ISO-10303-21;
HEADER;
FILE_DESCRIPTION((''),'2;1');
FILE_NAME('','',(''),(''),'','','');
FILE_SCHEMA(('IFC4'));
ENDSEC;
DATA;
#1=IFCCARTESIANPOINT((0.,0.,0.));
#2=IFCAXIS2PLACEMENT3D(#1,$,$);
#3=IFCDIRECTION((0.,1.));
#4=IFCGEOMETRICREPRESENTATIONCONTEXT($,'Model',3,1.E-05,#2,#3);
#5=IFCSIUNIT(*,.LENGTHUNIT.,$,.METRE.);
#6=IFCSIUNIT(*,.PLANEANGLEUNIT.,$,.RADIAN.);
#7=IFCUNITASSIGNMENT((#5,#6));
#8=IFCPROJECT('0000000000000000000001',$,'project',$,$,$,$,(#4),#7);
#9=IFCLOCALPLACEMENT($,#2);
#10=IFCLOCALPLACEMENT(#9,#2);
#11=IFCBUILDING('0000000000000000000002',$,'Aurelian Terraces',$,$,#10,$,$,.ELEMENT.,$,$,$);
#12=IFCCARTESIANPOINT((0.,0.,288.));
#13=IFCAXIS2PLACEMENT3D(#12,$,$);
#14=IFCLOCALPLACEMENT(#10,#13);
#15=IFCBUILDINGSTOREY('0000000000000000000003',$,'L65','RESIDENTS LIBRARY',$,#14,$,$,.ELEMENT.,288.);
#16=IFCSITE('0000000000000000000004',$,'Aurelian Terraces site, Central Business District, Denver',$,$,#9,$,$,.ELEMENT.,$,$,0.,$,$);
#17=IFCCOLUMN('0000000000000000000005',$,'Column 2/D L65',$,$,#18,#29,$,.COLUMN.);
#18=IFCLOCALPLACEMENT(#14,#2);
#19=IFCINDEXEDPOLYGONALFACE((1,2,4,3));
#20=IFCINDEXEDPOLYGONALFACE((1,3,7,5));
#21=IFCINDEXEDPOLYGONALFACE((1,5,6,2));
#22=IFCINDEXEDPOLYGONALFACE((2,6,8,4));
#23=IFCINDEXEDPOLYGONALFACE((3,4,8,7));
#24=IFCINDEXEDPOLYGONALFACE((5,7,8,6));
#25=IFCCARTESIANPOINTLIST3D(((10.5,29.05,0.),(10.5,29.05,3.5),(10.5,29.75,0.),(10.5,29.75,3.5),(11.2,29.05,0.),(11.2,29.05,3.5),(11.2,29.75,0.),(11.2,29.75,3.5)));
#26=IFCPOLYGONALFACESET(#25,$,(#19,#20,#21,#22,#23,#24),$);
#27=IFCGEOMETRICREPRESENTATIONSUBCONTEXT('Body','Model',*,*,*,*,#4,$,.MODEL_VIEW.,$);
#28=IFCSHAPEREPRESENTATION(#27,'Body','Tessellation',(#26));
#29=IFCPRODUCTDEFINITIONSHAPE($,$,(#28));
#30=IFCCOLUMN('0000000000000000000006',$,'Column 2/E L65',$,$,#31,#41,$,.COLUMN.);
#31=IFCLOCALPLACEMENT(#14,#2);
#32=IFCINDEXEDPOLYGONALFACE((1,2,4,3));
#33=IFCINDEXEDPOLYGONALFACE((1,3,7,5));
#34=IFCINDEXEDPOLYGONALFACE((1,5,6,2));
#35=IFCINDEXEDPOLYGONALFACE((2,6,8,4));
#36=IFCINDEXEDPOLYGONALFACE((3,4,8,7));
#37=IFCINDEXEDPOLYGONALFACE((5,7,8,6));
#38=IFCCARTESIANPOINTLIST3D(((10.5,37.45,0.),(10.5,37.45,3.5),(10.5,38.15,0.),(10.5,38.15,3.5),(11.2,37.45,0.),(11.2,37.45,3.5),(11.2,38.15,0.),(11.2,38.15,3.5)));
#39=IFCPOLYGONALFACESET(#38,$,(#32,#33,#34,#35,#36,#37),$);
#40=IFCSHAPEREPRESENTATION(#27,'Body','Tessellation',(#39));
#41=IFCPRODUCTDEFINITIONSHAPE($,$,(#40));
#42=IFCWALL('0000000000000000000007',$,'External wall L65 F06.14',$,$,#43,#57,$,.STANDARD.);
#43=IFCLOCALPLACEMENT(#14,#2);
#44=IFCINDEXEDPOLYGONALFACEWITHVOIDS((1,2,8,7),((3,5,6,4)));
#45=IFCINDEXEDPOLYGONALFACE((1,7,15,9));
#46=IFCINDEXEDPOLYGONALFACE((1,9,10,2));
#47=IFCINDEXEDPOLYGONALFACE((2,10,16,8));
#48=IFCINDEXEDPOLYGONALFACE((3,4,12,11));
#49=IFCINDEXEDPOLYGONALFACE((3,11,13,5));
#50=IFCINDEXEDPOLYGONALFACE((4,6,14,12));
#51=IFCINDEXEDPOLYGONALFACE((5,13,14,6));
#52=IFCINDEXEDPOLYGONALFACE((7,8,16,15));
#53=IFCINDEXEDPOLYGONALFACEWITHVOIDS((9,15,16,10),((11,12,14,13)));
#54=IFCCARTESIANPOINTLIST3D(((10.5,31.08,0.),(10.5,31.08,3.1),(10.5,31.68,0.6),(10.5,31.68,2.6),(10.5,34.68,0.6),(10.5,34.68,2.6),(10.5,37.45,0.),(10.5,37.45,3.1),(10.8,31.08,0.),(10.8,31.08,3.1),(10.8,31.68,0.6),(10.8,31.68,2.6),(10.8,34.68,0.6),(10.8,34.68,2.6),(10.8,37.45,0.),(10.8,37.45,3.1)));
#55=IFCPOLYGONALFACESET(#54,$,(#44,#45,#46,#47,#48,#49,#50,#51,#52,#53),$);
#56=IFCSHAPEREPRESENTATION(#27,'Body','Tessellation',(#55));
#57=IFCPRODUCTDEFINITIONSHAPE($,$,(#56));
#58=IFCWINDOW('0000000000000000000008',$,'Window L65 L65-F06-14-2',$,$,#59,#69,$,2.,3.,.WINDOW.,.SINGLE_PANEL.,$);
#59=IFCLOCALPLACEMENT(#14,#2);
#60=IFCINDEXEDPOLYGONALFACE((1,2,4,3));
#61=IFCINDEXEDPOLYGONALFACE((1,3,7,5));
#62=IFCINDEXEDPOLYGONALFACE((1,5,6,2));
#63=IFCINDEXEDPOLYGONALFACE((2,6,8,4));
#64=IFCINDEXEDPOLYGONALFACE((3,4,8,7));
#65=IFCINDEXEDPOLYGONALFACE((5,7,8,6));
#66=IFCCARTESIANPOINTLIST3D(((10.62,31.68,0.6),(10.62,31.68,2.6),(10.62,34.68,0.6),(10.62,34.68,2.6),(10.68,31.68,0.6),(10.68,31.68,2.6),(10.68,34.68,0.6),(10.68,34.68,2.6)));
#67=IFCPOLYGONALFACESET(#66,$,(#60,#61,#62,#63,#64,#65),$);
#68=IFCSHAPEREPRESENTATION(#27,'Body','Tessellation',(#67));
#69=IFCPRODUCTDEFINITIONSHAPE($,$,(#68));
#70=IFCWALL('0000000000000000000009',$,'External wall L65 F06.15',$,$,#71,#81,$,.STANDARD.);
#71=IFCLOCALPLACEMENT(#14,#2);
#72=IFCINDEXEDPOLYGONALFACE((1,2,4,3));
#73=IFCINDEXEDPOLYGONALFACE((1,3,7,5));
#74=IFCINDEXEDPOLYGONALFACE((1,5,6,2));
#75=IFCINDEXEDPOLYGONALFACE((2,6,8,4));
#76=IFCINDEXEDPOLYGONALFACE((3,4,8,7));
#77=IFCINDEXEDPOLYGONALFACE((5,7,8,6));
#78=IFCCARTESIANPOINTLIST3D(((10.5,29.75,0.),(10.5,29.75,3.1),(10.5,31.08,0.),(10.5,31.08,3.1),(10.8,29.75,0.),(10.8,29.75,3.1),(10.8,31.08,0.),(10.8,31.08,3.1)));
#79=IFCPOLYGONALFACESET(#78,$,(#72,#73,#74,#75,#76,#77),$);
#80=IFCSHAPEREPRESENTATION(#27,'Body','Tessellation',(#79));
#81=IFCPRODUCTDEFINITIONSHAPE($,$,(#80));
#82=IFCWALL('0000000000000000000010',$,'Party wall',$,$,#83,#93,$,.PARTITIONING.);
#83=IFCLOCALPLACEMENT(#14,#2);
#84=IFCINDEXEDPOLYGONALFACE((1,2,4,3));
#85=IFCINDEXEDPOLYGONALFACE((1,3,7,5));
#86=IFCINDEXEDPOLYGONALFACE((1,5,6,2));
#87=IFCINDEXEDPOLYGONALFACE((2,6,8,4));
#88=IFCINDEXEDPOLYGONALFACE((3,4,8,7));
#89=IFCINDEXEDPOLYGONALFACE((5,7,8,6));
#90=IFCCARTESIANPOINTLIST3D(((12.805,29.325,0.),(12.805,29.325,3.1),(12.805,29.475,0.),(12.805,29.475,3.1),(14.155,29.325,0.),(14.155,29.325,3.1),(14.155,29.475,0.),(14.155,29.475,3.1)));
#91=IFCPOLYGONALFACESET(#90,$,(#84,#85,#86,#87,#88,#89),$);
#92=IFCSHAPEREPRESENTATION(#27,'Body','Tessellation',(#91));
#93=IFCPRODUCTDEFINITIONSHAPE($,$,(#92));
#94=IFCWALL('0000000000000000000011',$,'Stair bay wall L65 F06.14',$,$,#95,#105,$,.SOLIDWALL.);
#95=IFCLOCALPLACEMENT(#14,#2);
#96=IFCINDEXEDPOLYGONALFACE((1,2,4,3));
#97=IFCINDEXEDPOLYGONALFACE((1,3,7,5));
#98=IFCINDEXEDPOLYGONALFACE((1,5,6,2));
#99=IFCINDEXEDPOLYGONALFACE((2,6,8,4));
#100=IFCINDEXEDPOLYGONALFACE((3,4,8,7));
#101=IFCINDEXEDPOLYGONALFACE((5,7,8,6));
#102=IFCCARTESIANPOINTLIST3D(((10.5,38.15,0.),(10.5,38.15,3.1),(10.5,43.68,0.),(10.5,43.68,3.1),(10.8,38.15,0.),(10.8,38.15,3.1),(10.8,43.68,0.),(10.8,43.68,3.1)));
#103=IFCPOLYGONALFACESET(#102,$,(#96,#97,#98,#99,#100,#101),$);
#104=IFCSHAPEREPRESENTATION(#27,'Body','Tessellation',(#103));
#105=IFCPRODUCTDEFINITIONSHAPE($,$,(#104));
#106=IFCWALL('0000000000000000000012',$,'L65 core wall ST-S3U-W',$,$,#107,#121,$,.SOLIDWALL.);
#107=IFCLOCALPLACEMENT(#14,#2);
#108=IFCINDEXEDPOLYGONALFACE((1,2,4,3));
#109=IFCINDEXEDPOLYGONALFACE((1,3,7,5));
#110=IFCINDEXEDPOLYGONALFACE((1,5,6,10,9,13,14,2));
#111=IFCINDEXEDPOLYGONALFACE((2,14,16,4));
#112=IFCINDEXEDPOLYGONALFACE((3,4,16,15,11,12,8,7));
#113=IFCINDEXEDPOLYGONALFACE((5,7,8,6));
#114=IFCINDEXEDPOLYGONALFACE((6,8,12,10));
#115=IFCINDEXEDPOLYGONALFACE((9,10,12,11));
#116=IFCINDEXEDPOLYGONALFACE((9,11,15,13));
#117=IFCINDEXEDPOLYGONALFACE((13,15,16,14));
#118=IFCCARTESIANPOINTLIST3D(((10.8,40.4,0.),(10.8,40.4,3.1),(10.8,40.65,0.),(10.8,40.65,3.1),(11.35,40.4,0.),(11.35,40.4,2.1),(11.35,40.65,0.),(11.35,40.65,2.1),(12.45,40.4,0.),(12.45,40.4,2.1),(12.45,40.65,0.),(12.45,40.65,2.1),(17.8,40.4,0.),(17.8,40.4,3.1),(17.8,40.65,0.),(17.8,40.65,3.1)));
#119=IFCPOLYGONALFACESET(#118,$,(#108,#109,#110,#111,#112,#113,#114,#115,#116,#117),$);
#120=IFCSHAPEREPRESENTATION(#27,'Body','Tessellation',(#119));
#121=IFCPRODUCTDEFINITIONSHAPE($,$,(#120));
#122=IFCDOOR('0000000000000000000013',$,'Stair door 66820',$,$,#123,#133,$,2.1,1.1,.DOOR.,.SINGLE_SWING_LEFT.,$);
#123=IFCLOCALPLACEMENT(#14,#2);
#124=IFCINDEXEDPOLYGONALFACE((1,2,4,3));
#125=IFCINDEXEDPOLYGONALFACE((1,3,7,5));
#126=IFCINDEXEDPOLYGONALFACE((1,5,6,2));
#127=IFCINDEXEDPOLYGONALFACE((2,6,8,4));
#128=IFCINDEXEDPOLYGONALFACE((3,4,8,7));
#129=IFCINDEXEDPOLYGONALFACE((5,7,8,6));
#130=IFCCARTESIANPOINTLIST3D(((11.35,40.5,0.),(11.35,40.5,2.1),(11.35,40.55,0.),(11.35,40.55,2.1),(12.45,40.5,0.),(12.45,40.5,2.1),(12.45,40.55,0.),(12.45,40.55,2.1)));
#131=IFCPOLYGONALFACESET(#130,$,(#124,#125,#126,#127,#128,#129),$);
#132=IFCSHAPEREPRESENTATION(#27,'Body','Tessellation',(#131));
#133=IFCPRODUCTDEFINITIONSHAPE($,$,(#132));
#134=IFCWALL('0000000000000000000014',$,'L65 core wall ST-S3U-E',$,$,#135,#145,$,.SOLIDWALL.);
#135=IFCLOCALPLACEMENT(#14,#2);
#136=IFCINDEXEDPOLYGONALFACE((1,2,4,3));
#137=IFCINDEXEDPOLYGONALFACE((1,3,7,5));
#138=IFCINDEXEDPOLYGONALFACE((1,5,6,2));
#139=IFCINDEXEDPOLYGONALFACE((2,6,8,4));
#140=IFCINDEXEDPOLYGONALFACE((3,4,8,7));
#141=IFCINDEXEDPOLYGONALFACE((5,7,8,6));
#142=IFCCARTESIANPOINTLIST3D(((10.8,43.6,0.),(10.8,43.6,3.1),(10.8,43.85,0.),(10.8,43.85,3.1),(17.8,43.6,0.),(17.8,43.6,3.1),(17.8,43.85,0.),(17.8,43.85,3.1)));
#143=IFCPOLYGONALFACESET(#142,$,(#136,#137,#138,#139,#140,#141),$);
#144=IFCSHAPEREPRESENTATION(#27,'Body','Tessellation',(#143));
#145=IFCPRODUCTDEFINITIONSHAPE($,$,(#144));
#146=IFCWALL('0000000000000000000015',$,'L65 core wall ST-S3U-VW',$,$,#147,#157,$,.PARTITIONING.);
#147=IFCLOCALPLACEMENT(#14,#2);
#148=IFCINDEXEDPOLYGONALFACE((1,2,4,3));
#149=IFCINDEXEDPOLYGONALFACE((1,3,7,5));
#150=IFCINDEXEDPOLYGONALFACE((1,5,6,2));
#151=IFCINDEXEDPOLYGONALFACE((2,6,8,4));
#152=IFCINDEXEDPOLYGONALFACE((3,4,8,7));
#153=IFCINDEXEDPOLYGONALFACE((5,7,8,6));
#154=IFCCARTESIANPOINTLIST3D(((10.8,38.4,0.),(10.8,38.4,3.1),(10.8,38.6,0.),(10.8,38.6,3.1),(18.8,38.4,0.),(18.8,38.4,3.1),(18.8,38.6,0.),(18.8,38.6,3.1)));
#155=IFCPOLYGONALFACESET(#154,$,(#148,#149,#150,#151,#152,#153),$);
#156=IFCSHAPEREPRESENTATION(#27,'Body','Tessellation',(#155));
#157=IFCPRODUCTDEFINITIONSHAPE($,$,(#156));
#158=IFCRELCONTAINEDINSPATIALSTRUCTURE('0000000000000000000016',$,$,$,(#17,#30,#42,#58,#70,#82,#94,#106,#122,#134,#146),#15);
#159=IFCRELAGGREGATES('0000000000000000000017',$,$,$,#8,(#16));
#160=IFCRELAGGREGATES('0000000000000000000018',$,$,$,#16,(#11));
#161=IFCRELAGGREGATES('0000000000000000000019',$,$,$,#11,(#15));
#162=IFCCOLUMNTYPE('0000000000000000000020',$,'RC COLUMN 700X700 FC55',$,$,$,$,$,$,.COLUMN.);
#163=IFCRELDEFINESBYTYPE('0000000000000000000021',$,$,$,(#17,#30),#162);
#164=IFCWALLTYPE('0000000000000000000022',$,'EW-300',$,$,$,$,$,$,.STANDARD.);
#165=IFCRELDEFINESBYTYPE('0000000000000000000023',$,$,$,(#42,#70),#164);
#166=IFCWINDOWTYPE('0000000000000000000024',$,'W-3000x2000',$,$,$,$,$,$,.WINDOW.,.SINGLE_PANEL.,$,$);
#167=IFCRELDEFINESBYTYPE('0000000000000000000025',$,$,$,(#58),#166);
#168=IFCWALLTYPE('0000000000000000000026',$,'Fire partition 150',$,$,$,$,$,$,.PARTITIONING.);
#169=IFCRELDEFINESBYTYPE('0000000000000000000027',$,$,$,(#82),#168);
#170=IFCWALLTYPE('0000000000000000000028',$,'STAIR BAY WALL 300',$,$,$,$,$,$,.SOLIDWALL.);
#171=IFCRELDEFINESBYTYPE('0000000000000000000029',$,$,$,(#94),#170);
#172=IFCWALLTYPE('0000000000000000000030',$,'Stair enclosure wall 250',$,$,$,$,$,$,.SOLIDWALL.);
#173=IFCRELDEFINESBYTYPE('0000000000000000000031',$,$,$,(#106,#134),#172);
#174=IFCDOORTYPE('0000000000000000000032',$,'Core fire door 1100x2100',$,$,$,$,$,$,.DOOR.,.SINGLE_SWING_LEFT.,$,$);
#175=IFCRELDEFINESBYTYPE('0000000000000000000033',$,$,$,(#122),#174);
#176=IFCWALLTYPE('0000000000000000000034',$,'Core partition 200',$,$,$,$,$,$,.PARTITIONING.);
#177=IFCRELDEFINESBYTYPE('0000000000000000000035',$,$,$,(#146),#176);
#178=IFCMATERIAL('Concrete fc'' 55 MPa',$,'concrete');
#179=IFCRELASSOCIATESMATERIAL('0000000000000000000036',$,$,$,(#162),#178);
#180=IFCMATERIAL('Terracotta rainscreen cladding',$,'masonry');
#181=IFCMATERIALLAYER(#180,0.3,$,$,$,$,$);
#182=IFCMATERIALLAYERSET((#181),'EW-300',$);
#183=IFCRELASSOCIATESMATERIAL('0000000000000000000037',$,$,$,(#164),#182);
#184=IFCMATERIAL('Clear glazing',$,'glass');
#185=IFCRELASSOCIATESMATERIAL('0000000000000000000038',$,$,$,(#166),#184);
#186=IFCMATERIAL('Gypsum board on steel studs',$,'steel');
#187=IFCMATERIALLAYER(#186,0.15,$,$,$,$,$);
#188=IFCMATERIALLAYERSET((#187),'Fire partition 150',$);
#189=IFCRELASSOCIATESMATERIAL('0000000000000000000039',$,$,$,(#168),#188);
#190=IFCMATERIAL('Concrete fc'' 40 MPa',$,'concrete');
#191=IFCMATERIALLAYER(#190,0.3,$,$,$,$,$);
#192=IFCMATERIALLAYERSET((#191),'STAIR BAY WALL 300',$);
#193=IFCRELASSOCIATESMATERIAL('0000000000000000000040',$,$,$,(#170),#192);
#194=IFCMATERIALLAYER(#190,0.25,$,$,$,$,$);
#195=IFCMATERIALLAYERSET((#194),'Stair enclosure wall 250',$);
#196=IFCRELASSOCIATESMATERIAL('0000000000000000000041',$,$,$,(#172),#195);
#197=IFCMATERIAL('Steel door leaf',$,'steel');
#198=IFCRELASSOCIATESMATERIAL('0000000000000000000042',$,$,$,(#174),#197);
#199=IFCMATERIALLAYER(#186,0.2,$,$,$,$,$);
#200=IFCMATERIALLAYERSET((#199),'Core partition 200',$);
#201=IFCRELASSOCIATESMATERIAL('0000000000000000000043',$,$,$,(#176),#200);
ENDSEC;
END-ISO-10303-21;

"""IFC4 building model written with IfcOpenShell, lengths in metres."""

from ifc_helpers import new_model, si_unit, direction, frame, frame_2d, origin, origin_2d, place, context, subcontext, project, spatial, rectangle, extrude, source, transform, mapped, material, layer, layer_set, material_profile, profile_set, type_object, element, fill, save


model = new_model("IFC4")

# Units and contexts
model_context = context("Model", 3, precision=1e-05, world=origin(), true_north=direction((0.0, 1.0)))
body_context = subcontext(model_context, "Body", "Model", "MODEL_VIEW")
ifc_project = project(units=[si_unit("LENGTHUNIT", "METRE"), si_unit("PLANEANGLEUNIT", "RADIAN")], contexts=[model_context])

# Site, building, storey
site_placement = place(None, origin())
site = spatial("IfcSite", under=ifc_project, at=site_placement, Name="Aurelian Terraces site, Central Business District, Denver", CompositionType="ELEMENT", RefElevation=0.0)
building_placement = place(site_placement, origin())
building = spatial("IfcBuilding", under=site, at=building_placement, Name="Aurelian Terraces", CompositionType="ELEMENT")
storey_placement = place(building_placement, frame((0.0, 0.0, 288.0)))
storey = spatial("IfcBuildingStorey", under=building, at=storey_placement, Name="L65", Description="RESIDENTS LIBRARY", CompositionType="ELEMENT", Elevation=288.0)

# Columns
ifc_material_1 = material(Name="Concrete fc' 55 MPa", Category="concrete")
ifc_material_profile = material_profile(ifc_material_1, rectangle(XDim=0.7, YDim=0.7, at=origin_2d()))
ifc_profile_set = profile_set([ifc_material_profile], Name="Concrete fc' 55 MPa")
column_type = type_object("IfcColumnType", Name="RC COLUMN 700X700 FC55", PredefinedType="COLUMN", material=ifc_profile_set)
shared_shape_1 = source(origin(), body_context, "Body", "SweptSolid", [
    extrude(rectangle(XDim=0.7, YDim=0.7, at=origin_2d()), origin(), (0.0, 0.0, 1.0), 3.5),
])
for number, where, z_axis, x_axis, name in (
    (1, (10.85, 29.4, 0.0), (0.0, 0.0, 1.0), (1.0, 0.0, 0.0), "Column 2/D L65"),
    (2, (10.85, 37.8, 0.0), (0.0, 0.0, 1.0), (1.0, 0.0, 0.0), "Column 2/E L65"),
):
    element("IfcColumn", number, at=place(storey_placement, frame(where, z_axis=z_axis, x_axis=x_axis)), inside=storey, type_object=column_type, Name=name, PredefinedType="COLUMN", context=body_context, shape_type="MappedRepresentation", body=[
        mapped(shared_shape_1, transform((0.0, 0.0, 0.0), scale=1.0)),
    ])

# Wall, opening, window
ifc_material_2 = material(Name="Terracotta rainscreen cladding", Category="masonry")
ifc_layer_1 = layer(ifc_material_2, 0.3)
ifc_layer_set_1 = layer_set([ifc_layer_1], Name="EW-300")
wall_type_1 = type_object("IfcWallType", Name="EW-300", PredefinedType="STANDARD", material=ifc_layer_set_1)
wall_1_placement = place(storey_placement, frame((10.65, 37.45, 0.0), z_axis=(0.0, 0.0, 1.0), x_axis=(0.0, -1.0, 0.0)))
wall_1 = element("IfcWall", 3, at=wall_1_placement, inside=storey, type_object=wall_type_1, Name="External wall L65 F06.14", PredefinedType="STANDARD", context=body_context, shape_type="SweptSolid", body=[
    extrude(rectangle(XDim=6.37, YDim=0.3, at=frame_2d((3.185, 0.0))), origin(), (0.0, 0.0, 1.0), 3.1),
])
shared_shape_2 = source(origin(), body_context, "Body", "SweptSolid", [
    extrude(rectangle(XDim=3.0, YDim=2.0, at=frame_2d((1.5, 1.0))), frame((0.0, 0.16, 0.0), z_axis=(0.0, -1.0, 0.0), x_axis=(1.0, 0.0, 0.0)), (0.0, 0.0, 1.0), 0.32),
])
opening_1_placement = place(wall_1_placement, frame((2.77, 0.0, 0.6)))
opening_1 = element("IfcOpeningElement", 4, at=opening_1_placement, cuts=wall_1, PredefinedType="OPENING", context=body_context, shape_type="MappedRepresentation", body=[
    mapped(shared_shape_2, transform((0.0, 0.0, 0.0), scale=1.0)),
])
ifc_material_3 = material(Name="Clear glazing", Category="glass")
window_type = type_object("IfcWindowType", Name="W-3000x2000", PartitioningType="SINGLE_PANEL", PredefinedType="WINDOW", material=ifc_material_3)
shared_shape_3 = source(origin(), body_context, "Body", "SweptSolid", [
    extrude(rectangle(XDim=3.0, YDim=2.0, at=frame_2d((1.5, 1.0))), frame((0.0, 0.03, 0.0), z_axis=(0.0, -1.0, 0.0), x_axis=(1.0, 0.0, 0.0)), (0.0, 0.0, 1.0), 0.06),
])
window_placement = place(opening_1_placement, origin())
window = element("IfcWindow", 5, at=window_placement, inside=storey, type_object=window_type, Name="Window L65 L65-F06-14-2", OverallHeight=2.0, OverallWidth=3.0, PartitioningType="SINGLE_PANEL", PredefinedType="WINDOW", context=body_context, shape_type="MappedRepresentation", body=[
    mapped(shared_shape_3, transform((0.0, 0.0, 0.0), scale=1.0)),
])
fill(opening_1, window)

# Walls
wall_2_placement = place(storey_placement, frame((10.65, 31.08, 0.0), z_axis=(0.0, 0.0, 1.0), x_axis=(0.0, -1.0, 0.0)))
element("IfcWall", 6, at=wall_2_placement, inside=storey, type_object=wall_type_1, Name="External wall L65 F06.15", PredefinedType="STANDARD", context=body_context, shape_type="SweptSolid", body=[
    extrude(rectangle(XDim=1.33, YDim=0.3, at=frame_2d((0.665, 0.0))), origin(), (0.0, 0.0, 1.0), 3.1),
])
ifc_material_4 = material(Name="Gypsum board on steel studs", Category="steel")
ifc_layer_2 = layer(ifc_material_4, 0.15)
ifc_layer_set_2 = layer_set([ifc_layer_2], Name="Fire partition 150")
wall_type_2 = type_object("IfcWallType", Name="Fire partition 150", PredefinedType="PARTITIONING", material=ifc_layer_set_2)
wall_3_placement = place(storey_placement, frame((14.155, 29.4, 0.0), z_axis=(0.0, 0.0, 1.0), x_axis=(-1.0, 0.0, 0.0)))
element("IfcWall", 7, at=wall_3_placement, inside=storey, type_object=wall_type_2, Name="Party wall", PredefinedType="PARTITIONING", context=body_context, shape_type="SweptSolid", body=[
    extrude(rectangle(XDim=1.35, YDim=0.15, at=frame_2d((0.675, 0.0))), origin(), (0.0, 0.0, 1.0), 3.1),
])
ifc_material_5 = material(Name="Concrete fc' 40 MPa", Category="concrete")
ifc_layer_3 = layer(ifc_material_5, 0.3)
ifc_layer_set_3 = layer_set([ifc_layer_3], Name="STAIR BAY WALL 300")
wall_type_3 = type_object("IfcWallType", Name="STAIR BAY WALL 300", PredefinedType="SOLIDWALL", material=ifc_layer_set_3)
shared_shape_4 = source(origin(), body_context, "Body", "SweptSolid", [
    extrude(rectangle(XDim=5.53, YDim=0.3, at=frame_2d((2.765, 0.0))), origin(), (0.0, 0.0, 1.0), 3.1),
])
wall_4_placement = place(storey_placement, frame((10.65, 43.68, 0.0), z_axis=(0.0, 0.0, 1.0), x_axis=(0.0, -1.0, 0.0)))
element("IfcWall", 8, at=wall_4_placement, inside=storey, type_object=wall_type_3, Name="Stair bay wall L65 F06.14", PredefinedType="SOLIDWALL", context=body_context, shape_type="MappedRepresentation", body=[
    mapped(shared_shape_4, transform((0.0, 0.0, 0.0), scale=1.0)),
])

# Wall, opening, door
ifc_layer_4 = layer(ifc_material_5, 0.25)
ifc_layer_set_4 = layer_set([ifc_layer_4], Name="Stair enclosure wall 250")
wall_type_4 = type_object("IfcWallType", Name="Stair enclosure wall 250", PredefinedType="SOLIDWALL", material=ifc_layer_set_4)
shared_shape_5 = source(origin(), body_context, "Body", "SweptSolid", [
    extrude(rectangle(XDim=7.0, YDim=0.25, at=frame_2d((3.5, 0.0))), origin(), (0.0, 0.0, 1.0), 3.1),
])
wall_5_placement = place(storey_placement, frame((10.8, 40.525, 0.0), z_axis=(0.0, 0.0, 1.0), x_axis=(1.0, 0.0, 0.0)))
wall_5 = element("IfcWall", 9, at=wall_5_placement, inside=storey, type_object=wall_type_4, Name="L65 core wall ST-S3U-W", PredefinedType="SOLIDWALL", context=body_context, shape_type="MappedRepresentation", body=[
    mapped(shared_shape_5, transform((0.0, 0.0, 0.0), scale=1.0)),
])
shared_shape_6 = source(origin(), body_context, "Body", "SweptSolid", [
    extrude(rectangle(XDim=1.1, YDim=2.1, at=frame_2d((0.55, 1.05))), frame((0.0, 0.135, 0.0), z_axis=(0.0, -1.0, 0.0), x_axis=(1.0, 0.0, 0.0)), (0.0, 0.0, 1.0), 0.27),
])
opening_2_placement = place(wall_5_placement, frame((0.55, 0.0, 0.0)))
opening_2 = element("IfcOpeningElement", 10, at=opening_2_placement, cuts=wall_5, PredefinedType="OPENING", context=body_context, shape_type="MappedRepresentation", body=[
    mapped(shared_shape_6, transform((0.0, 0.0, 0.0), scale=1.0)),
])
ifc_material_6 = material(Name="Steel door leaf", Category="steel")
door_type_1 = type_object("IfcDoorType", Name="Core fire door 1100x2100", OperationType="SINGLE_SWING_LEFT", PredefinedType="DOOR", material=ifc_material_6)
shared_shape_7 = source(origin(), body_context, "Body", "SweptSolid", [
    extrude(rectangle(XDim=1.1, YDim=2.1, at=frame_2d((0.55, 1.05))), frame((0.0, 0.025, 0.0), z_axis=(0.0, -1.0, 0.0), x_axis=(1.0, 0.0, 0.0)), (0.0, 0.0, 1.0), 0.05),
])
door_1_placement = place(opening_2_placement, origin())
door_1 = element("IfcDoor", 11, at=door_1_placement, inside=storey, type_object=door_type_1, Name="Stair door 66820", OperationType="SINGLE_SWING_LEFT", OverallHeight=2.1, OverallWidth=1.1, PredefinedType="DOOR", context=body_context, shape_type="MappedRepresentation", body=[
    mapped(shared_shape_7, transform((0.0, 0.0, 0.0), scale=1.0)),
])
fill(opening_2, door_1)

# Walls
wall_6_placement = place(storey_placement, frame((10.8, 43.725, 0.0), z_axis=(0.0, 0.0, 1.0), x_axis=(1.0, 0.0, 0.0)))
element("IfcWall", 12, at=wall_6_placement, inside=storey, type_object=wall_type_4, Name="L65 core wall ST-S3U-E", PredefinedType="SOLIDWALL", context=body_context, shape_type="MappedRepresentation", body=[
    mapped(shared_shape_5, transform((0.0, 0.0, 0.0), scale=1.0)),
])
ifc_layer_5 = layer(ifc_material_4, 0.2)
ifc_layer_set_5 = layer_set([ifc_layer_5], Name="Core partition 200")
wall_type_5 = type_object("IfcWallType", Name="Core partition 200", PredefinedType="PARTITIONING", material=ifc_layer_set_5)
shared_shape_8 = source(origin(), body_context, "Body", "SweptSolid", [
    extrude(rectangle(XDim=8.0, YDim=0.2, at=frame_2d((4.0, 0.0))), origin(), (0.0, 0.0, 1.0), 3.1),
])
wall_7_placement = place(storey_placement, frame((10.8, 38.5, 0.0), z_axis=(0.0, 0.0, 1.0), x_axis=(1.0, 0.0, 0.0)))
element("IfcWall", 13, at=wall_7_placement, inside=storey, type_object=wall_type_5, Name="L65 core wall ST-S3U-VW", PredefinedType="PARTITIONING", context=body_context, shape_type="MappedRepresentation", body=[
    mapped(shared_shape_8, transform((0.0, 0.0, 0.0), scale=1.0)),
])

save(model, "model.ifc")
